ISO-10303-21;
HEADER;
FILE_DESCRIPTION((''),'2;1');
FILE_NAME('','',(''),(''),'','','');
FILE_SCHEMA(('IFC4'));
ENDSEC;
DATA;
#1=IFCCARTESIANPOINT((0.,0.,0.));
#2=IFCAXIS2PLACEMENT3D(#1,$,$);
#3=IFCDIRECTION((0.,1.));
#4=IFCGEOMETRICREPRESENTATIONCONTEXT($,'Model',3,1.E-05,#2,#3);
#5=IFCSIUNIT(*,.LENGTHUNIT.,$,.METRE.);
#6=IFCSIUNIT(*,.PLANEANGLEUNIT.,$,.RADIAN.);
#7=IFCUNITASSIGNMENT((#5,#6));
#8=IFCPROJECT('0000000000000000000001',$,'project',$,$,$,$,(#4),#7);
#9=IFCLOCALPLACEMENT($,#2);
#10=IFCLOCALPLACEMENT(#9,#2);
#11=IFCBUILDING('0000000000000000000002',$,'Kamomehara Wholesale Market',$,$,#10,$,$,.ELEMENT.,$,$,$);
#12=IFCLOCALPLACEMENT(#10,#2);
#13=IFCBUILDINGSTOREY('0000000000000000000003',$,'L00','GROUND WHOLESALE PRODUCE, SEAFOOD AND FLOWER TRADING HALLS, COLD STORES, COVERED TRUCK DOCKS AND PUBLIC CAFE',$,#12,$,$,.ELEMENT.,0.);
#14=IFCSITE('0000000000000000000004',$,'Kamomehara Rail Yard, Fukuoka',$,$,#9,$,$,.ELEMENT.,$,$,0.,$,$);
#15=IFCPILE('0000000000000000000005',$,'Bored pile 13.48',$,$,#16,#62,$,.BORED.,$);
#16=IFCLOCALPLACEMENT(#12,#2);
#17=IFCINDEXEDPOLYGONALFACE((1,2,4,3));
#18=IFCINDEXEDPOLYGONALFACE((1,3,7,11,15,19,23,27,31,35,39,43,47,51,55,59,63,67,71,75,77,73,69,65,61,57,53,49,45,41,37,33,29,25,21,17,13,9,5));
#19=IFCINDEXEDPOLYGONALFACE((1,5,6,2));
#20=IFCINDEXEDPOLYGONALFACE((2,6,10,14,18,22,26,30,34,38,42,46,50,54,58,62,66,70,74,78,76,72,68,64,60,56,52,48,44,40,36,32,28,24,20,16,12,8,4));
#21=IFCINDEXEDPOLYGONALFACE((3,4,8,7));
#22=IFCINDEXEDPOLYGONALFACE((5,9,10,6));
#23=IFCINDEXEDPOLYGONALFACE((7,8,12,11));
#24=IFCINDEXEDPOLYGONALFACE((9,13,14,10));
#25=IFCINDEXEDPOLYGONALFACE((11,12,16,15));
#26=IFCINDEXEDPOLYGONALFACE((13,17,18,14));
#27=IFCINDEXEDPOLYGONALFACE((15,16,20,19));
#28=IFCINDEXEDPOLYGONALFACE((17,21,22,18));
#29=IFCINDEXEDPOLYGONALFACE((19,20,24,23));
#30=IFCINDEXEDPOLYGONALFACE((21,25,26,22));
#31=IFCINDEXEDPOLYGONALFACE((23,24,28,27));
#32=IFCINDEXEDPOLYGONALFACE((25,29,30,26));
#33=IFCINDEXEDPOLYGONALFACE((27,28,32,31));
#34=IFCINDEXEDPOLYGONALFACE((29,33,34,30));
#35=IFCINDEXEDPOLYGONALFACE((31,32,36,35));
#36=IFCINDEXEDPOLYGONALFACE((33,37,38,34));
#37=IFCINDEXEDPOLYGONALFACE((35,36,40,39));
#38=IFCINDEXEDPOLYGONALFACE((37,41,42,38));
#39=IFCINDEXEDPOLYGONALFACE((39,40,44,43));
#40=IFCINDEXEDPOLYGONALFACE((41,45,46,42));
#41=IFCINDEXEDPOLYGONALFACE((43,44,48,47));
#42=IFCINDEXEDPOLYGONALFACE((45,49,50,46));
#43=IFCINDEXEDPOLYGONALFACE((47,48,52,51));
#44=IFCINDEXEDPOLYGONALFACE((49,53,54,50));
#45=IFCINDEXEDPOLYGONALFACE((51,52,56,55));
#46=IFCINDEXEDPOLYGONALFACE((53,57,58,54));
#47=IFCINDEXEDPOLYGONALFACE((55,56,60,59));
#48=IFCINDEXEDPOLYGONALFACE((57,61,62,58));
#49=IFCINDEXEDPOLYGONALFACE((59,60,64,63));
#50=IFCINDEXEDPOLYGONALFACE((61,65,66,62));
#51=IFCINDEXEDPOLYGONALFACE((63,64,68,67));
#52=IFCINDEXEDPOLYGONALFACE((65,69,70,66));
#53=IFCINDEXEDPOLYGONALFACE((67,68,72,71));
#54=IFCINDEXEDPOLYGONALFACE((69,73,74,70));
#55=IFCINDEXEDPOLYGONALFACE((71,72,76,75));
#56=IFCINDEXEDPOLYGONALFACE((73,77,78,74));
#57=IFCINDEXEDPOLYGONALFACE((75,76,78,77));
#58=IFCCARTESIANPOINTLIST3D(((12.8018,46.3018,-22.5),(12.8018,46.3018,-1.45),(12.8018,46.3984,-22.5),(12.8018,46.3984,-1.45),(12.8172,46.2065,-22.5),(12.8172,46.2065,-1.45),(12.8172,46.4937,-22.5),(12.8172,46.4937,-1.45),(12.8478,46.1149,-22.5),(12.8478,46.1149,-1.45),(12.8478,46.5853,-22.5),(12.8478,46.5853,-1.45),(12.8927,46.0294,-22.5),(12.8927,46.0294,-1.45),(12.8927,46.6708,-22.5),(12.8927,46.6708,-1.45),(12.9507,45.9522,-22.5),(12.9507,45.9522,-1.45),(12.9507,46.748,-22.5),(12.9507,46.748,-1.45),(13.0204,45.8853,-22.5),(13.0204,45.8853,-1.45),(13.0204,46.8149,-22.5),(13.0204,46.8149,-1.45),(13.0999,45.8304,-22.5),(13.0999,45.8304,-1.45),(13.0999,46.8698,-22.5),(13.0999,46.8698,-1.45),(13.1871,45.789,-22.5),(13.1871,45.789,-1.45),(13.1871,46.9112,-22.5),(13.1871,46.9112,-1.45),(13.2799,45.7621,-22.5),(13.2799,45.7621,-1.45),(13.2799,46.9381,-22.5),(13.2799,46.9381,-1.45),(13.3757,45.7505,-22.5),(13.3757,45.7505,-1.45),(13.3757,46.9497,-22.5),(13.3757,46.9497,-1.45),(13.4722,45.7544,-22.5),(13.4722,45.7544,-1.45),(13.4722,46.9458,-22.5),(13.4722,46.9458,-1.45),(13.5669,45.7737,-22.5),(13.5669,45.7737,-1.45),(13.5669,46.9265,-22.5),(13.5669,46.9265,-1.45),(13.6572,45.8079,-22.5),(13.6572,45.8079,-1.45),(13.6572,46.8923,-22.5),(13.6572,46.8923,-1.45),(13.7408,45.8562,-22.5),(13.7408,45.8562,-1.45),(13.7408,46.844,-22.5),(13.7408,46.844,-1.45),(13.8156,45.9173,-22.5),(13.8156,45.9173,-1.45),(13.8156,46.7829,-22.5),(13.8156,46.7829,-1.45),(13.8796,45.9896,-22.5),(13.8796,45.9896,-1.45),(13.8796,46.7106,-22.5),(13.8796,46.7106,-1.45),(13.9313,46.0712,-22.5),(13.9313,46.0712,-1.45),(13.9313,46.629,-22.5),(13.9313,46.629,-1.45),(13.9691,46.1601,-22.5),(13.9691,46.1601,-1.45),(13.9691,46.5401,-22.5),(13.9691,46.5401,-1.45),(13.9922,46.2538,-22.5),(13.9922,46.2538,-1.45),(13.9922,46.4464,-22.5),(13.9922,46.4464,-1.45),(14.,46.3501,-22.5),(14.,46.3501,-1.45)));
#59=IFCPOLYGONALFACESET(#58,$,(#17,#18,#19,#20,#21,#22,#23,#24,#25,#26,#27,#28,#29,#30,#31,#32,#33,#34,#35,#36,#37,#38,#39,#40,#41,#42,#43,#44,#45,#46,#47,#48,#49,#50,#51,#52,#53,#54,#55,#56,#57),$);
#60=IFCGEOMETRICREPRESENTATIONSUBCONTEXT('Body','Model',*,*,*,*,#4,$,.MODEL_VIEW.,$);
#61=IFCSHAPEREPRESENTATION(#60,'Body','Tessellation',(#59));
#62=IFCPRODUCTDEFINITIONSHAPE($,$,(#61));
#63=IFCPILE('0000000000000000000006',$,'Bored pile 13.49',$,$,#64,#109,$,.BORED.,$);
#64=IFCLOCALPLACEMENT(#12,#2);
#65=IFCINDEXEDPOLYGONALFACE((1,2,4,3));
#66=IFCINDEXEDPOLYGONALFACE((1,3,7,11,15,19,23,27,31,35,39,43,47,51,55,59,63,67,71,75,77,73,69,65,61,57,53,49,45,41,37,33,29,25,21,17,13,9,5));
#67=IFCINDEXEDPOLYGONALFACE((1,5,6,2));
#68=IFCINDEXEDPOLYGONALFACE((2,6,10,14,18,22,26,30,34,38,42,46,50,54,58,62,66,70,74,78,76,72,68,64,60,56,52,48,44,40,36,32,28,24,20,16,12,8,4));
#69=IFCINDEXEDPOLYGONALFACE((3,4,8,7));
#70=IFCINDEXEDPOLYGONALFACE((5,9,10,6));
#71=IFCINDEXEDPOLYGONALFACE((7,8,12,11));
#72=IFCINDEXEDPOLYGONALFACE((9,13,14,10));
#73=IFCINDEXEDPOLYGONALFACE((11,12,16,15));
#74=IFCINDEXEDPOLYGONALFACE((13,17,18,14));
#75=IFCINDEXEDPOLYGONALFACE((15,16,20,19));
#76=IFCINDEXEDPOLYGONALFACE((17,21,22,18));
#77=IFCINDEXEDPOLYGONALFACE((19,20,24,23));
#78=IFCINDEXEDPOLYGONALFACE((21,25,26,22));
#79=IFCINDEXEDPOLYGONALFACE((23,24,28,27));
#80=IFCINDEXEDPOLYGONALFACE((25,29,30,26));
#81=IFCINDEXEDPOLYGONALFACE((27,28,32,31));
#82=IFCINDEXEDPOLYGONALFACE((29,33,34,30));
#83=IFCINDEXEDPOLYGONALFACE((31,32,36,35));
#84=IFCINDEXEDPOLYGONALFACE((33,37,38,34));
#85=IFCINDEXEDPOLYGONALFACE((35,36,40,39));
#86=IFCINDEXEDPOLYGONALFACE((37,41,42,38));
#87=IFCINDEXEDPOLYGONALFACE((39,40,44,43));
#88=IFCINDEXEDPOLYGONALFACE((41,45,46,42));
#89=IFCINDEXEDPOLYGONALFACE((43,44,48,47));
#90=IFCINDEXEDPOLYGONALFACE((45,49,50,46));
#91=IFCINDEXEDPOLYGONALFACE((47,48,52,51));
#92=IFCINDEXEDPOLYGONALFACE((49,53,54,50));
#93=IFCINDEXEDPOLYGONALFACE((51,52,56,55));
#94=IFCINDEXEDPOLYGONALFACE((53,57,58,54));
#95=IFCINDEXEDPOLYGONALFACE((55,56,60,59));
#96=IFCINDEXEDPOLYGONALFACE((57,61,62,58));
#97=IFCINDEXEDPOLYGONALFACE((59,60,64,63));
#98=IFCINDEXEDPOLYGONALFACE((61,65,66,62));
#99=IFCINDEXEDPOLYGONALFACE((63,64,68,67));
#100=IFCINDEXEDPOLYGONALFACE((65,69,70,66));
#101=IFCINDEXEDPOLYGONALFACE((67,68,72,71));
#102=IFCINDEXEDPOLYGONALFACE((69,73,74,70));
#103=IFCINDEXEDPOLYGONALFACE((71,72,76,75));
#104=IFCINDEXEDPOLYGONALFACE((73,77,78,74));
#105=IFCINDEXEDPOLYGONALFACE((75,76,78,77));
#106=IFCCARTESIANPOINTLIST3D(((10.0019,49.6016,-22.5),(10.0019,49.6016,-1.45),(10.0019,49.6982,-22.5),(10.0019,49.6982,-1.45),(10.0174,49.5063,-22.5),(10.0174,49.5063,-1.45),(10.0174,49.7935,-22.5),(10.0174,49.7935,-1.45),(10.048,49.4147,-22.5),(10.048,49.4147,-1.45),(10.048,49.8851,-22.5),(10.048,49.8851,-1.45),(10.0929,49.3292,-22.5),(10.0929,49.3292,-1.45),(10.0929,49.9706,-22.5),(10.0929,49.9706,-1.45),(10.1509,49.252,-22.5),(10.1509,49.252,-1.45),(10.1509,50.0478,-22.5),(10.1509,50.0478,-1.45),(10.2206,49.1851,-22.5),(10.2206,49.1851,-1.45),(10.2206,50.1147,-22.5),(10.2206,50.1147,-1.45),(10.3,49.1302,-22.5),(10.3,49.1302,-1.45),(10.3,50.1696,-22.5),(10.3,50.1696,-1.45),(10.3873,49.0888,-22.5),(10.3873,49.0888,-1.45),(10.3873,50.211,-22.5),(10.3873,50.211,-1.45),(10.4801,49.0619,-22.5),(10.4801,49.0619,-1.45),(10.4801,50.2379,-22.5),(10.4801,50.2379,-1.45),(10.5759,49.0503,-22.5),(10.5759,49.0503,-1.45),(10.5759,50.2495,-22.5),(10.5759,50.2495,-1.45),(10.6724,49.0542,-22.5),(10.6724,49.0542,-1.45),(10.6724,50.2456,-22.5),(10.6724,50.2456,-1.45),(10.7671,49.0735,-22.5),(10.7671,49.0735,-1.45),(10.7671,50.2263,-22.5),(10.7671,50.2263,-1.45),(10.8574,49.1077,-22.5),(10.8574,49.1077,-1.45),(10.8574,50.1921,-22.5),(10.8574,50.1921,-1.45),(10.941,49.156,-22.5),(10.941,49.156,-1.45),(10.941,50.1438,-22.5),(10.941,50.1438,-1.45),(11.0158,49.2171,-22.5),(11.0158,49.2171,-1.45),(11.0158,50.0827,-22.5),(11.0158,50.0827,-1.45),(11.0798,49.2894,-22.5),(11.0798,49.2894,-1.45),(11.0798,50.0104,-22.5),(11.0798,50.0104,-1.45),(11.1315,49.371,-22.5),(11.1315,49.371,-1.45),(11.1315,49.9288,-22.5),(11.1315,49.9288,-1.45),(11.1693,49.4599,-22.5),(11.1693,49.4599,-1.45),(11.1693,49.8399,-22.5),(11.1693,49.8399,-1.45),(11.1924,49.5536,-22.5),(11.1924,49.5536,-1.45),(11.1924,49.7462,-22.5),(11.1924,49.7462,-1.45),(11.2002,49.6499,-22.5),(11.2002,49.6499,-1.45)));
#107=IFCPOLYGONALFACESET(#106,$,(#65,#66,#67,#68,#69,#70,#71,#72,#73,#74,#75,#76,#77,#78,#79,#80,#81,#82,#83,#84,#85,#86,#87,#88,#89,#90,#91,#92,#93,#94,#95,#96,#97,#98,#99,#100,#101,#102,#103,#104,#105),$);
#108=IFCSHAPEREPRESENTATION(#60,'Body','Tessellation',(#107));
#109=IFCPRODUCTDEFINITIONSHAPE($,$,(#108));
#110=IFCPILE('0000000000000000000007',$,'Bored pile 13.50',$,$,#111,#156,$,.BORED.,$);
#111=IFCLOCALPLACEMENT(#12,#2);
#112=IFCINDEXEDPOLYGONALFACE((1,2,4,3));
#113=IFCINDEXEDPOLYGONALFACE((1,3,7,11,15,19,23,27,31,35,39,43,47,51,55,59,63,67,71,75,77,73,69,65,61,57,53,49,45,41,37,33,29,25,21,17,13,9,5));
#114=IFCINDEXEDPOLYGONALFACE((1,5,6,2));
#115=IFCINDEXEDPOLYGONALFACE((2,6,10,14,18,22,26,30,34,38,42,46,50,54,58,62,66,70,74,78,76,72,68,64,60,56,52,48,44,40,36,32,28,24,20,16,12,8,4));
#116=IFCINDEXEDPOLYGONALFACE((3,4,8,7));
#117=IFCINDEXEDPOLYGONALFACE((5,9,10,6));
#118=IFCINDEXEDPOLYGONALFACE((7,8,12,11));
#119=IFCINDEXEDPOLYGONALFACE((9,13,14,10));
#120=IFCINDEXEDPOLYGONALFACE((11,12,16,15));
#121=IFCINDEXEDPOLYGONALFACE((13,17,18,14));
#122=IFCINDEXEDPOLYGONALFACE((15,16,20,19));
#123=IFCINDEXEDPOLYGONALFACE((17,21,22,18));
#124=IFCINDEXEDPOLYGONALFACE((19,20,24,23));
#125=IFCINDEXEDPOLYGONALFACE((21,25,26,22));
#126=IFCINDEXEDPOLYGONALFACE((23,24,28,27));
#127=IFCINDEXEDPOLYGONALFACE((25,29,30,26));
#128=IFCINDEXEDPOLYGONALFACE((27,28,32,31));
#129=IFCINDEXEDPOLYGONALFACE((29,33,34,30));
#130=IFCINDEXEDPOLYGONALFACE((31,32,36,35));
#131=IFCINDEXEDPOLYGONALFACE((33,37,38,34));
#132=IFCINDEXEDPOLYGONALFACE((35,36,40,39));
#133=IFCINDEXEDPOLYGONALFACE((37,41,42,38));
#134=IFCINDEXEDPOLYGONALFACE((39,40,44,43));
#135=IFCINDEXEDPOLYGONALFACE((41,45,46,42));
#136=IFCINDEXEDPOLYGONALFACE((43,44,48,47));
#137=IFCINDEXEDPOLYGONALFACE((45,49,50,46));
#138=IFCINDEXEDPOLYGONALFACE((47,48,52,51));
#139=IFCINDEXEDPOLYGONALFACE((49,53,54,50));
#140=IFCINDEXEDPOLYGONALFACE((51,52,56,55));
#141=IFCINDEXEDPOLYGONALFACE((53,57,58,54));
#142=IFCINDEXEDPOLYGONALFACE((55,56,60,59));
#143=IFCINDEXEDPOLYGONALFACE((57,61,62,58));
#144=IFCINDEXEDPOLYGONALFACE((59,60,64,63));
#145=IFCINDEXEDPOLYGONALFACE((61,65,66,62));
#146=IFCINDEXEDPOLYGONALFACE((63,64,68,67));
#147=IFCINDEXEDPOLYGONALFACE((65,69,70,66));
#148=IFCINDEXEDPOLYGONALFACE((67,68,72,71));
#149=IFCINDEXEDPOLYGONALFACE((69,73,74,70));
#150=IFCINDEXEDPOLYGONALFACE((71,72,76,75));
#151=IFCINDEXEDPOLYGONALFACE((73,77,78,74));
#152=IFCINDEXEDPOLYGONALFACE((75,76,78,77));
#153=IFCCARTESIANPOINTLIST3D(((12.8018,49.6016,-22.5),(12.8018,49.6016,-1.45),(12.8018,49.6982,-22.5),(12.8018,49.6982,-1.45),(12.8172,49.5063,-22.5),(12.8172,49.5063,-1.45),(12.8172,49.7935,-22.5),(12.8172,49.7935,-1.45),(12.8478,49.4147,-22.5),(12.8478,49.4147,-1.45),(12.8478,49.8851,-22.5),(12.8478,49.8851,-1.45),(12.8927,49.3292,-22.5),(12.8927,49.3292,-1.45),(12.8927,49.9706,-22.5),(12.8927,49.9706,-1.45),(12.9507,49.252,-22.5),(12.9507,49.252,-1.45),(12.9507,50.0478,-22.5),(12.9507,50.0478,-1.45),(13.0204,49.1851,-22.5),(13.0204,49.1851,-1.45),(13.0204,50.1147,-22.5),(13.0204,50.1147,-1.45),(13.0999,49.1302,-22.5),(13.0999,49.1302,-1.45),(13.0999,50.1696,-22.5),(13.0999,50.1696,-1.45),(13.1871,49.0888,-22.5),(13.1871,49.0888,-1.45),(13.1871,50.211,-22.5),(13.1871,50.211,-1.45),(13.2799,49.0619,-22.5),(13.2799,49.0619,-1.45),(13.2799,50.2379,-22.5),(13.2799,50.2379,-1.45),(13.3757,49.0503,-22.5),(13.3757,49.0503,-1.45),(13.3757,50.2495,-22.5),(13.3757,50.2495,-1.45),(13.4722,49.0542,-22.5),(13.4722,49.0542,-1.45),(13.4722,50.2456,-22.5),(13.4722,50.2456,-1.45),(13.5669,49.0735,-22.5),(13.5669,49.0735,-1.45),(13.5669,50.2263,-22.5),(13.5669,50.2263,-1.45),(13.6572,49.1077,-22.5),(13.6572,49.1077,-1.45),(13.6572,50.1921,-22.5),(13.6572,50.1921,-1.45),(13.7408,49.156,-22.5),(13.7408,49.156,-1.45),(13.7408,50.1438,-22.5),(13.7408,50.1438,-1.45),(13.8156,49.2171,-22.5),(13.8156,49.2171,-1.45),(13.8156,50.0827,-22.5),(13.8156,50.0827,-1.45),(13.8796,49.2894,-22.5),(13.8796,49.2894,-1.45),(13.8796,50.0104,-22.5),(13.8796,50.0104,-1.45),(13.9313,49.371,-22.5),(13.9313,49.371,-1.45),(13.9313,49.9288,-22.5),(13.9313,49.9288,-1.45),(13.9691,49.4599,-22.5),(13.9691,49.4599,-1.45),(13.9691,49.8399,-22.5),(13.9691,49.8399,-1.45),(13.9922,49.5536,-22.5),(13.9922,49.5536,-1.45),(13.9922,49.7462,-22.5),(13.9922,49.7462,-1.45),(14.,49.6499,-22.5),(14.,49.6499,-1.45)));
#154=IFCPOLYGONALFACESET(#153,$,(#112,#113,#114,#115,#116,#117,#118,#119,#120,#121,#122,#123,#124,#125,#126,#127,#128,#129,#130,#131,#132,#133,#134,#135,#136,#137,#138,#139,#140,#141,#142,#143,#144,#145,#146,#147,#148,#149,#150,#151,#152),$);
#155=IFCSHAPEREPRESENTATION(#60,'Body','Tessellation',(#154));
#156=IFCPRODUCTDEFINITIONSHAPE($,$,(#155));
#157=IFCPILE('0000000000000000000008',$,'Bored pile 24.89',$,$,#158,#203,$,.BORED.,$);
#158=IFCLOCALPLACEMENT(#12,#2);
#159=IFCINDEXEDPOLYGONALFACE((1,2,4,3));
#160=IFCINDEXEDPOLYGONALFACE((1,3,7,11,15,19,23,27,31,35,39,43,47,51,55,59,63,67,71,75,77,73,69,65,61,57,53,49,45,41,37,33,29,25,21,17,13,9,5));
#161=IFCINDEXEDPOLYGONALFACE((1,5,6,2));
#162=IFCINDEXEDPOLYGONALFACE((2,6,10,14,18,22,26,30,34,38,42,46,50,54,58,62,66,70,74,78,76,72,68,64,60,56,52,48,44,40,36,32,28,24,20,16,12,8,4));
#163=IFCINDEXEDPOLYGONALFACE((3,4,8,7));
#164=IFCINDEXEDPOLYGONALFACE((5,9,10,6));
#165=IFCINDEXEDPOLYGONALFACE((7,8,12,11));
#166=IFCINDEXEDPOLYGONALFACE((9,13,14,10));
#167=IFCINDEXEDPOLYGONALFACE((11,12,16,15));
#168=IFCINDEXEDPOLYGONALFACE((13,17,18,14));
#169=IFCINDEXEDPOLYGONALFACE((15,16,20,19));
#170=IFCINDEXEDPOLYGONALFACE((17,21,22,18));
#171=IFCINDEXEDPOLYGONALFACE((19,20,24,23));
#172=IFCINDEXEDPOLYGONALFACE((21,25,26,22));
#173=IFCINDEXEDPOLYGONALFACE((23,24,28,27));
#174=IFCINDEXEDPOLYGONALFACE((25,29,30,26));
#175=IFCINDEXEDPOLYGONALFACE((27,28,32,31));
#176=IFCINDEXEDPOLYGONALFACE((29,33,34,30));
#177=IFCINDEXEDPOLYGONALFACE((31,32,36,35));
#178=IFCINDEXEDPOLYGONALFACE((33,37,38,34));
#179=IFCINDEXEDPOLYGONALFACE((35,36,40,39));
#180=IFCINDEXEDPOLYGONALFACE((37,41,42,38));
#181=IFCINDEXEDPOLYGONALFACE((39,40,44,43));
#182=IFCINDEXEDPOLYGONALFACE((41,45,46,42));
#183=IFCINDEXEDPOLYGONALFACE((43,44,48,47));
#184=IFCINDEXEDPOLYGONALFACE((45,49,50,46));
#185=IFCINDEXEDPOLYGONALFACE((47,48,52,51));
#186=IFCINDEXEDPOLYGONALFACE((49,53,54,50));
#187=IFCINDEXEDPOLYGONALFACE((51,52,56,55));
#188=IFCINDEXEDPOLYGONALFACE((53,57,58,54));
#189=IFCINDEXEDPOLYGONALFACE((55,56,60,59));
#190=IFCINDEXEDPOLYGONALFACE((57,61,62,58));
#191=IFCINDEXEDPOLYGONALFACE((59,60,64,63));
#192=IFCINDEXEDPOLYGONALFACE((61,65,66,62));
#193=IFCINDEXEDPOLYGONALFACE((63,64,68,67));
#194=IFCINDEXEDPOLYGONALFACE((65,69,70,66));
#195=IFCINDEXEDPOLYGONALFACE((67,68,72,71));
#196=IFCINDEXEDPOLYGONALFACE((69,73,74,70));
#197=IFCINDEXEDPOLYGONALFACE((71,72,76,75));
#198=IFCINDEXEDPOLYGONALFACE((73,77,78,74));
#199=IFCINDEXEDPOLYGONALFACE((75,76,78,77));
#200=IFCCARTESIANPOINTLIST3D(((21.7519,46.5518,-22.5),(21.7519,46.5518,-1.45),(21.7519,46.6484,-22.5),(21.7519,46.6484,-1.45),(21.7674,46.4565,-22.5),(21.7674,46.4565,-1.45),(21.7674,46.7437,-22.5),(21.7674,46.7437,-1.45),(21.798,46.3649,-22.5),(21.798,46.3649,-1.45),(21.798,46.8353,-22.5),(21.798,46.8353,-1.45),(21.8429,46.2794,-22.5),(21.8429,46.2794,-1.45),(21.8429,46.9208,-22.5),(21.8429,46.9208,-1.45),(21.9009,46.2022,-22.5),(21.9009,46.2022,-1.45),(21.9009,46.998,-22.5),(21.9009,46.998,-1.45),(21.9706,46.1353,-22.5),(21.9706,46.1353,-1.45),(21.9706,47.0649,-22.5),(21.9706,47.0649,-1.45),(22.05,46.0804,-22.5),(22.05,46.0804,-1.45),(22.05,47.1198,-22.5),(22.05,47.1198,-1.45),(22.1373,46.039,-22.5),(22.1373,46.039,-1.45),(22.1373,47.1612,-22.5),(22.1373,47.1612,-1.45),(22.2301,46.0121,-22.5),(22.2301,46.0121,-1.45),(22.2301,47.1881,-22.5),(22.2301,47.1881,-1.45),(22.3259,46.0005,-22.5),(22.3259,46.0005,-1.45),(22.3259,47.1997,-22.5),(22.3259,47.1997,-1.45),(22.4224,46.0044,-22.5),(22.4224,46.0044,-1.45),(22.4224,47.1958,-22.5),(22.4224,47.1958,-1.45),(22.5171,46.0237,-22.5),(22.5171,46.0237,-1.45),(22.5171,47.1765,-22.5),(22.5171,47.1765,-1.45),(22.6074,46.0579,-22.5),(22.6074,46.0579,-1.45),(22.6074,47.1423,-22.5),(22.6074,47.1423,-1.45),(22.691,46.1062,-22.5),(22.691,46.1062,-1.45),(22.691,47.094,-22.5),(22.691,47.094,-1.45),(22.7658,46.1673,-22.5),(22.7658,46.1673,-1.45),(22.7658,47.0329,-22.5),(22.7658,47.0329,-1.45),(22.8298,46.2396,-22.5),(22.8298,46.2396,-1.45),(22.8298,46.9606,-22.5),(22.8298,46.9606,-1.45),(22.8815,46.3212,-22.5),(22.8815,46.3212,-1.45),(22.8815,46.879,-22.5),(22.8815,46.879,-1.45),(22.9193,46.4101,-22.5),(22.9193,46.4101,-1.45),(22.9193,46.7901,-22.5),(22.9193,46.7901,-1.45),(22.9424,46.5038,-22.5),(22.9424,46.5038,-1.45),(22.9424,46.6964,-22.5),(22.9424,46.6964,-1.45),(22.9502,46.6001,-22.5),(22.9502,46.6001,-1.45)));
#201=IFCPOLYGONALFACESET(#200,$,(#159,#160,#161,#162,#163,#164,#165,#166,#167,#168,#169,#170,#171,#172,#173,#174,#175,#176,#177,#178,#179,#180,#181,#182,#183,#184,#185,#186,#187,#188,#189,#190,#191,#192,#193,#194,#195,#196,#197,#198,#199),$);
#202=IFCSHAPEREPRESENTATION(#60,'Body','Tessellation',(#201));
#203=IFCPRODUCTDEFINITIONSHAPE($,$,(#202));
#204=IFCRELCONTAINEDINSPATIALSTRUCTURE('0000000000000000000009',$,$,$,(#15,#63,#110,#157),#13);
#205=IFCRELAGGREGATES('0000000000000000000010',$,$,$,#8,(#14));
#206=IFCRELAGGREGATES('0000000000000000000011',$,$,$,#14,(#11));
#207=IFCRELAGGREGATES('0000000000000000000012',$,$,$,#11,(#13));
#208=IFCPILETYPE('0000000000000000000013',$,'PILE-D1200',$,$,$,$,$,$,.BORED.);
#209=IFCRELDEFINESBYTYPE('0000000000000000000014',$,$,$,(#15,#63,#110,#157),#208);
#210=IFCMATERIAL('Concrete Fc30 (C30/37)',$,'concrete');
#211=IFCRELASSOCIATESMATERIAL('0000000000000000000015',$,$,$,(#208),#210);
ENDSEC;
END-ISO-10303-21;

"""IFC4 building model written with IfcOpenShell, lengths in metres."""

from ifc_helpers import new_model, si_unit, direction, frame, origin, origin_2d, place, context, subcontext, project, spatial, circle, extrude, material, material_profile, profile_set, type_object, element, save


model = new_model("IFC4")

# Units and contexts
model_context = context("Model", 3, precision=1e-05, world=origin(), true_north=direction((0.0, 1.0)))
body_context = subcontext(model_context, "Body", "Model", "MODEL_VIEW")
ifc_project = project(units=[si_unit("LENGTHUNIT", "METRE"), si_unit("PLANEANGLEUNIT", "RADIAN")], contexts=[model_context])

# Site, building, storey
site_placement = place(None, origin())
site = spatial("IfcSite", under=ifc_project, at=site_placement, Name="Kamomehara Rail Yard, Fukuoka", CompositionType="ELEMENT", RefElevation=0.0)
building_placement = place(site_placement, origin())
building = spatial("IfcBuilding", under=site, at=building_placement, Name="Kamomehara Wholesale Market", CompositionType="ELEMENT")
storey_placement = place(building_placement, origin())
storey = spatial("IfcBuildingStorey", under=building, at=storey_placement, Name="L00", Description="GROUND WHOLESALE PRODUCE, SEAFOOD AND FLOWER TRADING HALLS, COLD STORES, COVERED TRUCK DOCKS AND PUBLIC CAFE", CompositionType="ELEMENT", Elevation=0.0)

# Piles
ifc_material_1 = material(Name="Concrete Fc30 (C30/37)", Category="concrete")
ifc_material_profile_1 = material_profile(ifc_material_1, circle(Radius=0.6001, at=origin_2d()), Name="RC-PILE-D1200")
ifc_profile_set_1 = profile_set([ifc_material_profile_1], Name="Concrete Fc30 (C30/37)")
pile_type_1 = type_object("IfcPileType", Name="PILE-D1200", PredefinedType="BORED", material=ifc_profile_set_1)
for number, where, z_axis, x_axis, name in (
    (1, (13.3999, 46.3501, -1.45), (0.0, 0.0, -1.0), (1.0, 0.0, 0.0), "Bored pile 13.48"),
    (2, (10.6001, 49.6499, -1.45), (0.0, 0.0, -1.0), (1.0, 0.0, 0.0), "Bored pile 13.49"),
    (3, (13.3999, 49.6499, -1.45), (0.0, 0.0, -1.0), (1.0, 0.0, 0.0), "Bored pile 13.50"),
    (4, (22.3501, 46.6001, -1.45), (0.0, 0.0, -1.0), (1.0, 0.0, 0.0), "Bored pile 24.89"),
):
    element("IfcPile", number, at=place(storey_placement, frame(where, z_axis=z_axis, x_axis=x_axis)), inside=storey, type_object=pile_type_1, Name=name, PredefinedType="BORED", context=body_context, shape_type="SweptSolid", body=[
        extrude(circle(Radius=0.6001, at=origin_2d()), origin(), (0.0, 0.0, 1.0), 21.05),
    ])

save(model, "model.ifc")
